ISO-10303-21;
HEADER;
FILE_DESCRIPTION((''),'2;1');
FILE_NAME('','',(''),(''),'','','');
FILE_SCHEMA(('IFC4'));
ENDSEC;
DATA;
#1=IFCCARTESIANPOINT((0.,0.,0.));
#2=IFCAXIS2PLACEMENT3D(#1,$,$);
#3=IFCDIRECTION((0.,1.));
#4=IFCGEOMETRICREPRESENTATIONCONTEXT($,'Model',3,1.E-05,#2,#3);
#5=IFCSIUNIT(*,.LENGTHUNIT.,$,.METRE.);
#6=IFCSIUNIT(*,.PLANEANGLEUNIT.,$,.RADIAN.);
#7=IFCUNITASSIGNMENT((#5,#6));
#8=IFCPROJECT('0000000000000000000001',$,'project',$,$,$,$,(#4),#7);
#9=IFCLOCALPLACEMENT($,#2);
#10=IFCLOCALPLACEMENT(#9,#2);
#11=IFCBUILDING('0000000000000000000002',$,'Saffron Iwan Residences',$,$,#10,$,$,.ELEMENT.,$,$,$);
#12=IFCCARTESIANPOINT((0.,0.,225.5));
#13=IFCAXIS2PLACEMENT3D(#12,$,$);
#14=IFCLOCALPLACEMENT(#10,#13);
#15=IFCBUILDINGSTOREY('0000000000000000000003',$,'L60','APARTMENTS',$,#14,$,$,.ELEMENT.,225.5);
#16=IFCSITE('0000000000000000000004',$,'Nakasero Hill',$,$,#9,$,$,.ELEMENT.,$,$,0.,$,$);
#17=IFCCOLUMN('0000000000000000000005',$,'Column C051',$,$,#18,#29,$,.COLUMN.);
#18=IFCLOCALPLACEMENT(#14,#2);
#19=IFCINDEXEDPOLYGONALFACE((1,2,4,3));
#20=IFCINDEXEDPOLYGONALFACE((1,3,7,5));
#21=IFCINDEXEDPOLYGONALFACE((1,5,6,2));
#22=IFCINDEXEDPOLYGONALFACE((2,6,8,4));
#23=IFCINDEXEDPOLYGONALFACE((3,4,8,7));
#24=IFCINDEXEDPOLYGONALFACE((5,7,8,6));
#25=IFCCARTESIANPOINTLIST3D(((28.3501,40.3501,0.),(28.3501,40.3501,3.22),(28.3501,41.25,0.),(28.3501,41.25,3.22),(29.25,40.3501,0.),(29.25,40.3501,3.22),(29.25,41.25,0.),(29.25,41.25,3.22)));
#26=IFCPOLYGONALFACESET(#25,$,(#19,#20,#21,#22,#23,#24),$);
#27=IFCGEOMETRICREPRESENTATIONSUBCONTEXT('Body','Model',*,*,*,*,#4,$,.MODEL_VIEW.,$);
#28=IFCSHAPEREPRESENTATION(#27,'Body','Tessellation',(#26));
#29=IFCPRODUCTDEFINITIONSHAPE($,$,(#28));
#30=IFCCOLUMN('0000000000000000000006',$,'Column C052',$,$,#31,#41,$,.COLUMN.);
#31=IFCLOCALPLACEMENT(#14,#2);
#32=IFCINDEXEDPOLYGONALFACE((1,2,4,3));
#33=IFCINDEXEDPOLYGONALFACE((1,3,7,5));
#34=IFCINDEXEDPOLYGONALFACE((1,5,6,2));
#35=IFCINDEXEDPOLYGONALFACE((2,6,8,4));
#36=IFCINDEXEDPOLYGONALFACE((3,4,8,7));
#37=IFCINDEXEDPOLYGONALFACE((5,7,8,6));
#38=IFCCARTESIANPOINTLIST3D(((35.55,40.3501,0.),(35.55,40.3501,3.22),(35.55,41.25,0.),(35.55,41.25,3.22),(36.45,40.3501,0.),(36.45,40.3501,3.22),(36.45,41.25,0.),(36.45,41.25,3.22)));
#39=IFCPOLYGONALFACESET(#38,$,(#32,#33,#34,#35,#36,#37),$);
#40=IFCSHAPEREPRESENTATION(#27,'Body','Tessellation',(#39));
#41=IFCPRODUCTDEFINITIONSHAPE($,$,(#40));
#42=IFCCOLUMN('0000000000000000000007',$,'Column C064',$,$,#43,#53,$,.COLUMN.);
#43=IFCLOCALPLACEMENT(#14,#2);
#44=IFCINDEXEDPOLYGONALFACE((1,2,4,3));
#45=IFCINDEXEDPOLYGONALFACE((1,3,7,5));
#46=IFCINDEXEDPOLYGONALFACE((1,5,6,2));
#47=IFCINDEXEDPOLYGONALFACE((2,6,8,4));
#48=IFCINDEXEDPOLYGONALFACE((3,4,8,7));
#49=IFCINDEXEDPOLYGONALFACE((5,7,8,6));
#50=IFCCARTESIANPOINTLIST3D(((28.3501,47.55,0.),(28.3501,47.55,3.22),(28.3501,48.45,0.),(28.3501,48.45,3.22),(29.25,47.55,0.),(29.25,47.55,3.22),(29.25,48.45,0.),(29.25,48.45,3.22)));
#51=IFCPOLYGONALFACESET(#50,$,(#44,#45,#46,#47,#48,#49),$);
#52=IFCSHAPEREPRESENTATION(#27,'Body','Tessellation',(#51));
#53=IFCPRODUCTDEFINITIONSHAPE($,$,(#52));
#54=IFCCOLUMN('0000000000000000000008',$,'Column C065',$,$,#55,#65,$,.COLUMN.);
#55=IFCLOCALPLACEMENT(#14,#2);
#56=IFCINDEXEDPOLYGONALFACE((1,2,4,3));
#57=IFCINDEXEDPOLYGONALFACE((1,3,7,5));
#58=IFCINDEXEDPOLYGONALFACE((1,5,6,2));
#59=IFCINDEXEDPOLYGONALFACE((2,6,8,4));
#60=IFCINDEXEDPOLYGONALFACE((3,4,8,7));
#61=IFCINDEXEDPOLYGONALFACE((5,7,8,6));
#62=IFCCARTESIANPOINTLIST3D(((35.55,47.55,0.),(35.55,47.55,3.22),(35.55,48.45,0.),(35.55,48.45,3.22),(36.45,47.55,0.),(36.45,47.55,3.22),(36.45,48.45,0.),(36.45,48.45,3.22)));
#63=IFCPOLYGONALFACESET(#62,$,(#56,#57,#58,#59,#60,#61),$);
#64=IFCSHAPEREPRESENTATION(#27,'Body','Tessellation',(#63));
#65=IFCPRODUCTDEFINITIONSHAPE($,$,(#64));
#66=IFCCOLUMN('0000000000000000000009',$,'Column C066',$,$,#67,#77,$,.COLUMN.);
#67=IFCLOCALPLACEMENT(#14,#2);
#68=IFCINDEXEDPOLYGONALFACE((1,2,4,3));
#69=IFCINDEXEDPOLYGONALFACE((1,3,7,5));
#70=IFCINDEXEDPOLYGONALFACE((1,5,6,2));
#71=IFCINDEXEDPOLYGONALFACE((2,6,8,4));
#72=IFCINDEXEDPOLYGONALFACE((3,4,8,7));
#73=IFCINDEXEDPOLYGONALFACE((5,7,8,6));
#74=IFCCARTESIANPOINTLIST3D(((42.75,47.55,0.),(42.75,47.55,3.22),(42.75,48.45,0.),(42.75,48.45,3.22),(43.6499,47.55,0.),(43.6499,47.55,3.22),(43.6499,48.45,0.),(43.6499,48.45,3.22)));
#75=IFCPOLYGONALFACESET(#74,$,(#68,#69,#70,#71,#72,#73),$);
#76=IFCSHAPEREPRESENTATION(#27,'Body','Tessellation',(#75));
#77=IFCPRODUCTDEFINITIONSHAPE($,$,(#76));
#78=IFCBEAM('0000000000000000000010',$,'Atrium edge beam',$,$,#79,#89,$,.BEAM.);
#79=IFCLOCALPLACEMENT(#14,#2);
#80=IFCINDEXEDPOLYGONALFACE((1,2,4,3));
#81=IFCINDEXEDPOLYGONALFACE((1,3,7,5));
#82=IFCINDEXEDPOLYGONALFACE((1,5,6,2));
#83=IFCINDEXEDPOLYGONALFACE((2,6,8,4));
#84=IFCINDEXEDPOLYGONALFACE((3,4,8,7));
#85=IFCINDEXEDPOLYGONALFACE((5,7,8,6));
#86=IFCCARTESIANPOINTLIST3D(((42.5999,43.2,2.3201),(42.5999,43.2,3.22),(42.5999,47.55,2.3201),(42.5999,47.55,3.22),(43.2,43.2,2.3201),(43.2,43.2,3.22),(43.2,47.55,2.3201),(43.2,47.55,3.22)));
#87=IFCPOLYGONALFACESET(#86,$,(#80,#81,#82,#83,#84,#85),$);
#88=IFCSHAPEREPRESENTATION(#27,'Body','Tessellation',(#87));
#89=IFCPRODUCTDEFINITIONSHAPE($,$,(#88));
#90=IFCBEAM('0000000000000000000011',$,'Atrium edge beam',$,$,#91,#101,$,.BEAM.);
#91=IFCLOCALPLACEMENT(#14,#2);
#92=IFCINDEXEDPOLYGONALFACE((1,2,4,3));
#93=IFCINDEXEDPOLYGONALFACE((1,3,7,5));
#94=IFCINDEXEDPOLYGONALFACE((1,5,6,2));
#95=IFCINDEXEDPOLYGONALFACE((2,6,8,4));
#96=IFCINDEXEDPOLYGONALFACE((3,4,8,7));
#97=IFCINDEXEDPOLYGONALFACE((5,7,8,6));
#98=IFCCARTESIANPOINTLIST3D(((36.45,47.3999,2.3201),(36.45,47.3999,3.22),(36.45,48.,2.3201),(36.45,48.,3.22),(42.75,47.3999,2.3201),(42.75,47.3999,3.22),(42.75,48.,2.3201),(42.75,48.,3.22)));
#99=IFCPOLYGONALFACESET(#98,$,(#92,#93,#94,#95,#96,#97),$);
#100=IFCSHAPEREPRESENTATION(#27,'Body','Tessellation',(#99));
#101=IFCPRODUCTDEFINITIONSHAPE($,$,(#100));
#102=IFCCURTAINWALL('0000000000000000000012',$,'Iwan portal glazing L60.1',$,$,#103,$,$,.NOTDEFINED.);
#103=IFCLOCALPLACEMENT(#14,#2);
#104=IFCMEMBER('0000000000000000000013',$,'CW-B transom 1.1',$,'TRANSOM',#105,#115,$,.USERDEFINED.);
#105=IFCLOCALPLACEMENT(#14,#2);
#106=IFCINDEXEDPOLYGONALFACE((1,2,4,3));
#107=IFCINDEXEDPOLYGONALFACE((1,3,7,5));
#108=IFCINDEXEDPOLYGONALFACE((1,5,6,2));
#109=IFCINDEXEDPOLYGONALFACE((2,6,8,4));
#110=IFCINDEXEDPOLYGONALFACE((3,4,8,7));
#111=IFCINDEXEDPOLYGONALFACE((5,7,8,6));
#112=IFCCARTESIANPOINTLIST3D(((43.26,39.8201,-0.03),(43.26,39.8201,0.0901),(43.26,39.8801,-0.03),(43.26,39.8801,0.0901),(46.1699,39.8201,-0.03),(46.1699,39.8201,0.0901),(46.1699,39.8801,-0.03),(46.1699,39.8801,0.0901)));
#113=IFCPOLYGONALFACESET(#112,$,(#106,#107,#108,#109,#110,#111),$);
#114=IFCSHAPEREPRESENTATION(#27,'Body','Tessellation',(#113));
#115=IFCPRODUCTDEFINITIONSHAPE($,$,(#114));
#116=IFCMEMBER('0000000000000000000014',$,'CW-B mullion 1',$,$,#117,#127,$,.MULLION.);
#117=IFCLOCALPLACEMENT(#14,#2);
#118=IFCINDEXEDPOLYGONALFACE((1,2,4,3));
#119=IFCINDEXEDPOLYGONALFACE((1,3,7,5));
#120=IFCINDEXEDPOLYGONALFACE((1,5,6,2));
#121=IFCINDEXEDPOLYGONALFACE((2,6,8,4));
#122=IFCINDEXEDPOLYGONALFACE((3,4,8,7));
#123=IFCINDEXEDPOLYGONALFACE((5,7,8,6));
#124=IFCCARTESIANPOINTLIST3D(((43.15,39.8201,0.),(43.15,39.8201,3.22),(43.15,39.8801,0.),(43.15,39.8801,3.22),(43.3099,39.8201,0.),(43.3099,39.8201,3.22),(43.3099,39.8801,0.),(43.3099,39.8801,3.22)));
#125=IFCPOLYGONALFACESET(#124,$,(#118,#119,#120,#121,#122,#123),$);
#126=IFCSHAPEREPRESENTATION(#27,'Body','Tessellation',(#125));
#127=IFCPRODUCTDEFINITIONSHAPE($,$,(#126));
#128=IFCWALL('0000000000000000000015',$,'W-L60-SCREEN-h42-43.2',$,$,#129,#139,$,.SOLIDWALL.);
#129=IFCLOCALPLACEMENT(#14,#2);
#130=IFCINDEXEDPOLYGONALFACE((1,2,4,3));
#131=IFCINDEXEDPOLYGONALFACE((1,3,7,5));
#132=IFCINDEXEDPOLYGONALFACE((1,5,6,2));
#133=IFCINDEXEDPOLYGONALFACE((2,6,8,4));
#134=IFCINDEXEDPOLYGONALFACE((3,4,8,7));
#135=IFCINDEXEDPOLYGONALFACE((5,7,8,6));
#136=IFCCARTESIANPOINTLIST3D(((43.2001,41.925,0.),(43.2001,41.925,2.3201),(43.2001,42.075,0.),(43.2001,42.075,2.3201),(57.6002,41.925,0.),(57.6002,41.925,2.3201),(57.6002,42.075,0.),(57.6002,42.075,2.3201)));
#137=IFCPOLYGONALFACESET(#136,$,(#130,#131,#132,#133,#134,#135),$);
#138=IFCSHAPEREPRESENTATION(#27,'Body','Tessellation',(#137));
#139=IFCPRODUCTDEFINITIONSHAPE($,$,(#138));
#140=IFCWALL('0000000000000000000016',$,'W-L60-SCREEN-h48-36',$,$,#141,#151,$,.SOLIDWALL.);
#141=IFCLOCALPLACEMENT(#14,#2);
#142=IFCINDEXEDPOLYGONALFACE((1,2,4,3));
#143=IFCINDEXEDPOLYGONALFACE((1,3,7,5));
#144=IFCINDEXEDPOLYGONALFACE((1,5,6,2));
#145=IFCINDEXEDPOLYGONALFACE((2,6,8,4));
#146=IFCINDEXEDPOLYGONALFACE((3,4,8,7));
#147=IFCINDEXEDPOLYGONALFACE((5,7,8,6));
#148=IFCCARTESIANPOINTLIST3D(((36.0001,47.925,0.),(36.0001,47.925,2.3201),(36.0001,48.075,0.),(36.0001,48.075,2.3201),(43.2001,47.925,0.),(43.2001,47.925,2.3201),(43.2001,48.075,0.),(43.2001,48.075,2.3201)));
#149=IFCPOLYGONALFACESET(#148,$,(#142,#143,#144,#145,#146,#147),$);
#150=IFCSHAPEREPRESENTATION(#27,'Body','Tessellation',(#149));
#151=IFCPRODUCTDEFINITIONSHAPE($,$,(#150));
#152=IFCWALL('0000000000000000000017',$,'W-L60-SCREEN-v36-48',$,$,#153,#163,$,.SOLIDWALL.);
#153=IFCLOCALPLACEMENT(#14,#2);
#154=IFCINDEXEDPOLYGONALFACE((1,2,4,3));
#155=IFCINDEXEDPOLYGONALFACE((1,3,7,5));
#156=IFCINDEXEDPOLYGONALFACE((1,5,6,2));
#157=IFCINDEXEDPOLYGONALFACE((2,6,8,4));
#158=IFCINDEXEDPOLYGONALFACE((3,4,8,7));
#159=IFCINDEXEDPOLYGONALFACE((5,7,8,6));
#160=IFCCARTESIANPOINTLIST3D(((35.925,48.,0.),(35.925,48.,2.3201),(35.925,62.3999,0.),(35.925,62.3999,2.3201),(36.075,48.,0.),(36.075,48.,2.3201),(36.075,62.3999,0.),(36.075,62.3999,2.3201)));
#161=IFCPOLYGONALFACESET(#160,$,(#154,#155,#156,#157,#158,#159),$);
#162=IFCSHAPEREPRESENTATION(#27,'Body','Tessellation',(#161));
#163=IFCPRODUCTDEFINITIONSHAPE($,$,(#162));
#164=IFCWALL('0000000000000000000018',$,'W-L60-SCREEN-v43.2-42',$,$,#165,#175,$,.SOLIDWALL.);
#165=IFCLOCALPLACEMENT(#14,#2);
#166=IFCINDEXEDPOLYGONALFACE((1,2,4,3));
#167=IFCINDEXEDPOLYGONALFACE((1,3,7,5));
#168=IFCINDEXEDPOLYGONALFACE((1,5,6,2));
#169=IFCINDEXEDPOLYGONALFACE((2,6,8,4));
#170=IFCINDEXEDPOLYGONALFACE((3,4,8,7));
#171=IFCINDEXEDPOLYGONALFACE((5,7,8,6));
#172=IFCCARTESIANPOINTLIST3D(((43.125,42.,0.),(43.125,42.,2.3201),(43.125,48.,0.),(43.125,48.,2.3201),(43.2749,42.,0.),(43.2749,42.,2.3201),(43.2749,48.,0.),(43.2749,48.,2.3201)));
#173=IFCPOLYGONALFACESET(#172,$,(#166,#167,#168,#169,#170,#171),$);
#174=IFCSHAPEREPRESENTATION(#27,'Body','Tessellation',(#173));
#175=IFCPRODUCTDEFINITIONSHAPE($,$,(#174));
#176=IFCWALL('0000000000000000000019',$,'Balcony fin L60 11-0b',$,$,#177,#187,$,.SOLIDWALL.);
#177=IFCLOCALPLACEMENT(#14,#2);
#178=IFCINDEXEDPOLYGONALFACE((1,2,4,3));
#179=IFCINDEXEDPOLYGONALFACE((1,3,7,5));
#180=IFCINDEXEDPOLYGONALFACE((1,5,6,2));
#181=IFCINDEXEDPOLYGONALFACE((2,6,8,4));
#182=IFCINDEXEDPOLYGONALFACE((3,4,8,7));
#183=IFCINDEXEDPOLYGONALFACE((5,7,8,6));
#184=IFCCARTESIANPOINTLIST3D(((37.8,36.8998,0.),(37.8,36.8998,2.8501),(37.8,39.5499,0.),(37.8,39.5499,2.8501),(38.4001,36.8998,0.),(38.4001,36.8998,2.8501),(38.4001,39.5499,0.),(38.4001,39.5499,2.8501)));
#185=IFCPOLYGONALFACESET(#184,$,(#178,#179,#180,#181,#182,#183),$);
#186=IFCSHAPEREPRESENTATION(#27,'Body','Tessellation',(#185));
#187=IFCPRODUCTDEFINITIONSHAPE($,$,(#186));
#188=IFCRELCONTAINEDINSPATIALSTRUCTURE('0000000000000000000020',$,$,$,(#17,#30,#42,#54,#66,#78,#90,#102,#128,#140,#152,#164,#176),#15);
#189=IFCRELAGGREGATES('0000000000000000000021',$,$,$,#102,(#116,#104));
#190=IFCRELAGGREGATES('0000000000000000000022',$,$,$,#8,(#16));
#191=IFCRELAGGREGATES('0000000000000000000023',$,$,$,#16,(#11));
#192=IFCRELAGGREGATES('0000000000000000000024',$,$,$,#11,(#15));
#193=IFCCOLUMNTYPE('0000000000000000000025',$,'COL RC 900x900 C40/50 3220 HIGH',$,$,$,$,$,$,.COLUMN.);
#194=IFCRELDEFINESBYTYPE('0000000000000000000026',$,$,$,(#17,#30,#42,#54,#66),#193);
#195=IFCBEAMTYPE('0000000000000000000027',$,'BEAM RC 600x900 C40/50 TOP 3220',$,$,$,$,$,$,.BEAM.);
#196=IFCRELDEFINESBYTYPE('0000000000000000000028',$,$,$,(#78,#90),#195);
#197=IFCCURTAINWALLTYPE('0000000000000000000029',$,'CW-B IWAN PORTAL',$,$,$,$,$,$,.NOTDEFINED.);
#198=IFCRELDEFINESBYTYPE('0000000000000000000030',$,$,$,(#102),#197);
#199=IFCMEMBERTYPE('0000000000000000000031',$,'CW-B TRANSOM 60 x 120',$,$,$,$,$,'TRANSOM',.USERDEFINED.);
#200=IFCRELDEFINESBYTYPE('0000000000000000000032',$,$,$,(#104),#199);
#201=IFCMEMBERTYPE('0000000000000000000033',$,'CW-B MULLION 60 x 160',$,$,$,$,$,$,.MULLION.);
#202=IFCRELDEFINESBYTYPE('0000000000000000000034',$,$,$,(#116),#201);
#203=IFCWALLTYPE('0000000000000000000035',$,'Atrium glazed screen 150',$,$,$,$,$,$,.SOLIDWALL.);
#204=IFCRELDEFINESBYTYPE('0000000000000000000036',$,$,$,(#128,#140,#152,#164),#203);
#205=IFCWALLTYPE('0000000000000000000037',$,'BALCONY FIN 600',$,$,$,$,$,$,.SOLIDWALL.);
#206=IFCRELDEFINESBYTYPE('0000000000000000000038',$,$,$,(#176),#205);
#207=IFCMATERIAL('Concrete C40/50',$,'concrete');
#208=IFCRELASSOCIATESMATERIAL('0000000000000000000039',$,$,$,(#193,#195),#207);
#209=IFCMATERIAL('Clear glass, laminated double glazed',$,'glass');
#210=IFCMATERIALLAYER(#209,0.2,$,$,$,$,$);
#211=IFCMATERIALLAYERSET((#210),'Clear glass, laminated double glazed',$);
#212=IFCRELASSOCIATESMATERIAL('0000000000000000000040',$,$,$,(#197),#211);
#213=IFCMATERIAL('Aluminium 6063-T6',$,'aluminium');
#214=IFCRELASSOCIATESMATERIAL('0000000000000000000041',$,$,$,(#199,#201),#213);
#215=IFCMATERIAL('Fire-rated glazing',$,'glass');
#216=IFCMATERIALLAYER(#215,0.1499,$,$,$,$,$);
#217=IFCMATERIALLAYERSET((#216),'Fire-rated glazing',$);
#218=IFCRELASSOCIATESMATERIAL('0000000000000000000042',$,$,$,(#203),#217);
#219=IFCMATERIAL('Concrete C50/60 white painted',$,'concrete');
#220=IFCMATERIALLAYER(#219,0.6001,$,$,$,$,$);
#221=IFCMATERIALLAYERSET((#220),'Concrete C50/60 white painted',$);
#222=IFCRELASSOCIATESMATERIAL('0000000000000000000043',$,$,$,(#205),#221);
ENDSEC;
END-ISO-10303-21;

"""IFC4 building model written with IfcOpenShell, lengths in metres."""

from ifc_helpers import new_model, si_unit, direction, frame, frame_2d, origin, origin_2d, place, context, subcontext, project, spatial, rectangle, extrude, source, transform, mapped, material, layer, layer_set, material_profile, profile_set, type_object, element, aggregate, save


model = new_model("IFC4")

# Units and contexts
model_context = context("Model", 3, precision=1e-05, world=origin(), true_north=direction((0.0, 1.0)))
body_context = subcontext(model_context, "Body", "Model", "MODEL_VIEW")
ifc_project = project(units=[si_unit("LENGTHUNIT", "METRE"), si_unit("PLANEANGLEUNIT", "RADIAN")], contexts=[model_context])

# Site, building, storey
site_placement = place(None, origin())
site = spatial("IfcSite", under=ifc_project, at=site_placement, Name="Nakasero Hill", CompositionType="ELEMENT", RefElevation=0.0)
building_placement = place(site_placement, origin())
building = spatial("IfcBuilding", under=site, at=building_placement, Name="Saffron Iwan Residences", CompositionType="ELEMENT")
storey_placement = place(building_placement, frame((0.0, 0.0, 225.5)))
storey = spatial("IfcBuildingStorey", under=building, at=storey_placement, Name="L60", Description="APARTMENTS", CompositionType="ELEMENT", Elevation=225.5)

# Columns
ifc_material_1 = material(Name="Concrete C40/50", Category="concrete")
ifc_material_profile_1 = material_profile(ifc_material_1, rectangle(XDim=0.8999, YDim=0.8999, at=origin_2d()), Name="RC 900x900")
ifc_profile_set_1 = profile_set([ifc_material_profile_1], Name="Concrete C40/50")
column_type = type_object("IfcColumnType", Name="COL RC 900x900 C40/50 3220 HIGH", PredefinedType="COLUMN", material=ifc_profile_set_1)
shared_shape_1 = source(origin(), body_context, "Body", "SweptSolid", [
    extrude(rectangle(XDim=0.8999, YDim=0.8999, at=origin_2d()), origin(), (0.0, 0.0, 1.0), 3.22),
])
for number, where, z_axis, x_axis, name in (
    (1, (28.8, 40.8, 0.0), (0.0, 0.0, 1.0), (1.0, 0.0, 0.0), "Column C051"),
    (2, (36.0, 40.8, 0.0), (0.0, 0.0, 1.0), (1.0, 0.0, 0.0), "Column C052"),
    (3, (28.8, 48.0, 0.0), (0.0, 0.0, 1.0), (1.0, 0.0, 0.0), "Column C064"),
    (4, (36.0, 48.0, 0.0), (0.0, 0.0, 1.0), (1.0, 0.0, 0.0), "Column C065"),
    (5, (43.2, 48.0, 0.0), (0.0, 0.0, 1.0), (1.0, 0.0, 0.0), "Column C066"),
):
    element("IfcColumn", number, at=place(storey_placement, frame(where, z_axis=z_axis, x_axis=x_axis)), inside=storey, type_object=column_type, Name=name, PredefinedType="COLUMN", context=body_context, shape_type="MappedRepresentation", body=[
        mapped(shared_shape_1, transform((0.0, 0.0, 0.0))),
    ])

# Beams
ifc_material_profile_2 = material_profile(ifc_material_1, rectangle(XDim=0.6001, YDim=0.8999, at=origin_2d()), Name="RC 600x900")
ifc_profile_set_2 = profile_set([ifc_material_profile_2], Name="Concrete C40/50")
beam_type = type_object("IfcBeamType", Name="BEAM RC 600x900 C40/50 TOP 3220", PredefinedType="BEAM", material=ifc_profile_set_2)
shared_shape_2 = source(origin(), body_context, "Body", "SweptSolid", [
    extrude(rectangle(XDim=0.6001, YDim=0.8999, at=origin_2d()), origin(), (0.0, 0.0, 1.0), 4.3501),
])
beam_1_placement = place(storey_placement, frame((42.8999, 43.2, 2.77), z_axis=(0.0, 1.0, 0.0), x_axis=(-1.0, 0.0, 0.0)))
element("IfcBeam", 6, at=beam_1_placement, inside=storey, type_object=beam_type, Name="Atrium edge beam", PredefinedType="BEAM", context=body_context, shape_type="MappedRepresentation", body=[
    mapped(shared_shape_2, transform((0.0, 0.0, 0.0))),
])
shared_shape_3 = source(origin(), body_context, "Body", "SweptSolid", [
    extrude(rectangle(XDim=0.6001, YDim=0.8999, at=origin_2d()), origin(), (0.0, 0.0, 1.0), 6.3),
])
beam_2_placement = place(storey_placement, frame((42.75, 47.7, 2.77), z_axis=(-1.0, 0.0, 0.0), x_axis=(0.0, -1.0, 0.0)))
element("IfcBeam", 7, at=beam_2_placement, inside=storey, type_object=beam_type, Name="Atrium edge beam", PredefinedType="BEAM", context=body_context, shape_type="MappedRepresentation", body=[
    mapped(shared_shape_3, transform((0.0, 0.0, 0.0))),
])

# Curtain wall, members
ifc_material_2 = material(Name="Clear glass, laminated double glazed", Category="glass")
ifc_layer_1 = layer(ifc_material_2, 0.2)
ifc_layer_set_1 = layer_set([ifc_layer_1], Name="Clear glass, laminated double glazed")
curtain_wall_type = type_object("IfcCurtainWallType", Name="CW-B IWAN PORTAL", PredefinedType="NOTDEFINED", material=ifc_layer_set_1)
curtain_wall_placement = place(storey_placement, origin())
curtain_wall = element("IfcCurtainWall", 8, at=curtain_wall_placement, inside=storey, type_object=curtain_wall_type, Name="Iwan portal glazing L60.1", PredefinedType="NOTDEFINED")
ifc_material_3 = material(Name="Aluminium 6063-T6", Category="aluminium")
ifc_material_profile_3 = material_profile(ifc_material_3, rectangle(XDim=0.0601, YDim=0.1201, at=origin_2d()), Name="CW-B TRANSOM 60 x 120")
ifc_profile_set_3 = profile_set([ifc_material_profile_3], Name="Aluminium 6063-T6")
member_type_1 = type_object("IfcMemberType", Name="CW-B TRANSOM 60 x 120", ElementType="TRANSOM", PredefinedType="USERDEFINED", material=ifc_profile_set_3)
shared_shape_4 = source(origin(), body_context, "Body", "SweptSolid", [
    extrude(rectangle(XDim=0.0601, YDim=0.1201, at=origin_2d()), origin(), (0.0, 0.0, 1.0), 2.9099),
])
member_1_placement = place(storey_placement, frame((43.26, 39.8501, 0.03), z_axis=(1.0, 0.0, 0.0), x_axis=(0.0, 1.0, 0.0)))
member_1 = element("IfcMember", 9, at=member_1_placement, type_object=member_type_1, Name="CW-B transom 1.1", ObjectType="TRANSOM", PredefinedType="USERDEFINED", context=body_context, shape_type="MappedRepresentation", body=[
    mapped(shared_shape_4, transform((0.0, 0.0, 0.0))),
])
ifc_material_profile_4 = material_profile(ifc_material_3, rectangle(XDim=0.0601, YDim=0.1599, at=origin_2d()), Name="CW-B MULLION 60 x 160")
ifc_profile_set_4 = profile_set([ifc_material_profile_4], Name="Aluminium 6063-T6")
member_type_2 = type_object("IfcMemberType", Name="CW-B MULLION 60 x 160", PredefinedType="MULLION", material=ifc_profile_set_4)
shared_shape_5 = source(origin(), body_context, "Body", "SweptSolid", [
    extrude(rectangle(XDim=0.0601, YDim=0.1599, at=origin_2d()), origin(), (0.0, 0.0, 1.0), 3.22),
])
member_2_placement = place(storey_placement, frame((43.23, 39.8501, 0.0), z_axis=(0.0, 0.0, 1.0), x_axis=(0.0, 1.0, 0.0)))
member_2 = element("IfcMember", 10, at=member_2_placement, type_object=member_type_2, Name="CW-B mullion 1", PredefinedType="MULLION", context=body_context, shape_type="MappedRepresentation", body=[
    mapped(shared_shape_5, transform((0.0, 0.0, 0.0))),
])
aggregate(curtain_wall, [member_2, member_1])

# Walls
ifc_material_4 = material(Name="Fire-rated glazing", Category="glass")
ifc_layer_2 = layer(ifc_material_4, 0.1499)
ifc_layer_set_2 = layer_set([ifc_layer_2], Name="Fire-rated glazing")
wall_type_1 = type_object("IfcWallType", Name="Atrium glazed screen 150", PredefinedType="SOLIDWALL", material=ifc_layer_set_2)
wall_1_placement = place(storey_placement, frame((43.2, 42.0, 0.0), z_axis=(0.0, 0.0, 1.0), x_axis=(1.0, 0.0, 0.0)))
element("IfcWall", 11, at=wall_1_placement, inside=storey, type_object=wall_type_1, Name="W-L60-SCREEN-h42-43.2", PredefinedType="SOLIDWALL", context=body_context, shape_type="SweptSolid", body=[
    extrude(rectangle(XDim=14.4001, YDim=0.1499, at=frame_2d((7.2002, 0.0))), origin(), (0.0, 0.0, 1.0), 2.3201),
])
wall_2_placement = place(storey_placement, frame((36.0, 48.0, 0.0), z_axis=(0.0, 0.0, 1.0), x_axis=(1.0, 0.0, 0.0)))
element("IfcWall", 12, at=wall_2_placement, inside=storey, type_object=wall_type_1, Name="W-L60-SCREEN-h48-36", PredefinedType="SOLIDWALL", context=body_context, shape_type="SweptSolid", body=[
    extrude(rectangle(XDim=7.2, YDim=0.1499, at=frame_2d((3.6001, 0.0))), origin(), (0.0, 0.0, 1.0), 2.3201),
])
wall_3_placement = place(storey_placement, frame((36.0, 48.0, 0.0), z_axis=(0.0, 0.0, 1.0), x_axis=(0.0, 1.0, 0.0)))
element("IfcWall", 13, at=wall_3_placement, inside=storey, type_object=wall_type_1, Name="W-L60-SCREEN-v36-48", PredefinedType="SOLIDWALL", context=body_context, shape_type="SweptSolid", body=[
    extrude(rectangle(XDim=14.3999, YDim=0.1499, at=frame_2d((7.2, 0.0))), origin(), (0.0, 0.0, 1.0), 2.3201),
])
wall_4_placement = place(storey_placement, frame((43.2, 42.0, 0.0), z_axis=(0.0, 0.0, 1.0), x_axis=(0.0, 1.0, 0.0)))
element("IfcWall", 14, at=wall_4_placement, inside=storey, type_object=wall_type_1, Name="W-L60-SCREEN-v43.2-42", PredefinedType="SOLIDWALL", context=body_context, shape_type="SweptSolid", body=[
    extrude(rectangle(XDim=6.0, YDim=0.1499, at=frame_2d((3.0, 0.0))), origin(), (0.0, 0.0, 1.0), 2.3201),
])
ifc_material_5 = material(Name="Concrete C50/60 white painted", Category="concrete")
ifc_layer_3 = layer(ifc_material_5, 0.6001)
ifc_layer_set_3 = layer_set([ifc_layer_3], Name="Concrete C50/60 white painted")
wall_type_2 = type_object("IfcWallType", Name="BALCONY FIN 600", PredefinedType="SOLIDWALL", material=ifc_layer_set_3)
wall_5_placement = place(storey_placement, frame((38.1001, 39.55, 0.0), z_axis=(0.0, 0.0, 1.0), x_axis=(0.0, -1.0, 0.0)))
element("IfcWall", 15, at=wall_5_placement, inside=storey, type_object=wall_type_2, Name="Balcony fin L60 11-0b", PredefinedType="SOLIDWALL", context=body_context, shape_type="SweptSolid", body=[
    extrude(rectangle(XDim=2.6501, YDim=0.6001, at=frame_2d((1.3252, 0.0))), origin(), (0.0, 0.0, 1.0), 2.8501),
])

save(model, "model.ifc")
